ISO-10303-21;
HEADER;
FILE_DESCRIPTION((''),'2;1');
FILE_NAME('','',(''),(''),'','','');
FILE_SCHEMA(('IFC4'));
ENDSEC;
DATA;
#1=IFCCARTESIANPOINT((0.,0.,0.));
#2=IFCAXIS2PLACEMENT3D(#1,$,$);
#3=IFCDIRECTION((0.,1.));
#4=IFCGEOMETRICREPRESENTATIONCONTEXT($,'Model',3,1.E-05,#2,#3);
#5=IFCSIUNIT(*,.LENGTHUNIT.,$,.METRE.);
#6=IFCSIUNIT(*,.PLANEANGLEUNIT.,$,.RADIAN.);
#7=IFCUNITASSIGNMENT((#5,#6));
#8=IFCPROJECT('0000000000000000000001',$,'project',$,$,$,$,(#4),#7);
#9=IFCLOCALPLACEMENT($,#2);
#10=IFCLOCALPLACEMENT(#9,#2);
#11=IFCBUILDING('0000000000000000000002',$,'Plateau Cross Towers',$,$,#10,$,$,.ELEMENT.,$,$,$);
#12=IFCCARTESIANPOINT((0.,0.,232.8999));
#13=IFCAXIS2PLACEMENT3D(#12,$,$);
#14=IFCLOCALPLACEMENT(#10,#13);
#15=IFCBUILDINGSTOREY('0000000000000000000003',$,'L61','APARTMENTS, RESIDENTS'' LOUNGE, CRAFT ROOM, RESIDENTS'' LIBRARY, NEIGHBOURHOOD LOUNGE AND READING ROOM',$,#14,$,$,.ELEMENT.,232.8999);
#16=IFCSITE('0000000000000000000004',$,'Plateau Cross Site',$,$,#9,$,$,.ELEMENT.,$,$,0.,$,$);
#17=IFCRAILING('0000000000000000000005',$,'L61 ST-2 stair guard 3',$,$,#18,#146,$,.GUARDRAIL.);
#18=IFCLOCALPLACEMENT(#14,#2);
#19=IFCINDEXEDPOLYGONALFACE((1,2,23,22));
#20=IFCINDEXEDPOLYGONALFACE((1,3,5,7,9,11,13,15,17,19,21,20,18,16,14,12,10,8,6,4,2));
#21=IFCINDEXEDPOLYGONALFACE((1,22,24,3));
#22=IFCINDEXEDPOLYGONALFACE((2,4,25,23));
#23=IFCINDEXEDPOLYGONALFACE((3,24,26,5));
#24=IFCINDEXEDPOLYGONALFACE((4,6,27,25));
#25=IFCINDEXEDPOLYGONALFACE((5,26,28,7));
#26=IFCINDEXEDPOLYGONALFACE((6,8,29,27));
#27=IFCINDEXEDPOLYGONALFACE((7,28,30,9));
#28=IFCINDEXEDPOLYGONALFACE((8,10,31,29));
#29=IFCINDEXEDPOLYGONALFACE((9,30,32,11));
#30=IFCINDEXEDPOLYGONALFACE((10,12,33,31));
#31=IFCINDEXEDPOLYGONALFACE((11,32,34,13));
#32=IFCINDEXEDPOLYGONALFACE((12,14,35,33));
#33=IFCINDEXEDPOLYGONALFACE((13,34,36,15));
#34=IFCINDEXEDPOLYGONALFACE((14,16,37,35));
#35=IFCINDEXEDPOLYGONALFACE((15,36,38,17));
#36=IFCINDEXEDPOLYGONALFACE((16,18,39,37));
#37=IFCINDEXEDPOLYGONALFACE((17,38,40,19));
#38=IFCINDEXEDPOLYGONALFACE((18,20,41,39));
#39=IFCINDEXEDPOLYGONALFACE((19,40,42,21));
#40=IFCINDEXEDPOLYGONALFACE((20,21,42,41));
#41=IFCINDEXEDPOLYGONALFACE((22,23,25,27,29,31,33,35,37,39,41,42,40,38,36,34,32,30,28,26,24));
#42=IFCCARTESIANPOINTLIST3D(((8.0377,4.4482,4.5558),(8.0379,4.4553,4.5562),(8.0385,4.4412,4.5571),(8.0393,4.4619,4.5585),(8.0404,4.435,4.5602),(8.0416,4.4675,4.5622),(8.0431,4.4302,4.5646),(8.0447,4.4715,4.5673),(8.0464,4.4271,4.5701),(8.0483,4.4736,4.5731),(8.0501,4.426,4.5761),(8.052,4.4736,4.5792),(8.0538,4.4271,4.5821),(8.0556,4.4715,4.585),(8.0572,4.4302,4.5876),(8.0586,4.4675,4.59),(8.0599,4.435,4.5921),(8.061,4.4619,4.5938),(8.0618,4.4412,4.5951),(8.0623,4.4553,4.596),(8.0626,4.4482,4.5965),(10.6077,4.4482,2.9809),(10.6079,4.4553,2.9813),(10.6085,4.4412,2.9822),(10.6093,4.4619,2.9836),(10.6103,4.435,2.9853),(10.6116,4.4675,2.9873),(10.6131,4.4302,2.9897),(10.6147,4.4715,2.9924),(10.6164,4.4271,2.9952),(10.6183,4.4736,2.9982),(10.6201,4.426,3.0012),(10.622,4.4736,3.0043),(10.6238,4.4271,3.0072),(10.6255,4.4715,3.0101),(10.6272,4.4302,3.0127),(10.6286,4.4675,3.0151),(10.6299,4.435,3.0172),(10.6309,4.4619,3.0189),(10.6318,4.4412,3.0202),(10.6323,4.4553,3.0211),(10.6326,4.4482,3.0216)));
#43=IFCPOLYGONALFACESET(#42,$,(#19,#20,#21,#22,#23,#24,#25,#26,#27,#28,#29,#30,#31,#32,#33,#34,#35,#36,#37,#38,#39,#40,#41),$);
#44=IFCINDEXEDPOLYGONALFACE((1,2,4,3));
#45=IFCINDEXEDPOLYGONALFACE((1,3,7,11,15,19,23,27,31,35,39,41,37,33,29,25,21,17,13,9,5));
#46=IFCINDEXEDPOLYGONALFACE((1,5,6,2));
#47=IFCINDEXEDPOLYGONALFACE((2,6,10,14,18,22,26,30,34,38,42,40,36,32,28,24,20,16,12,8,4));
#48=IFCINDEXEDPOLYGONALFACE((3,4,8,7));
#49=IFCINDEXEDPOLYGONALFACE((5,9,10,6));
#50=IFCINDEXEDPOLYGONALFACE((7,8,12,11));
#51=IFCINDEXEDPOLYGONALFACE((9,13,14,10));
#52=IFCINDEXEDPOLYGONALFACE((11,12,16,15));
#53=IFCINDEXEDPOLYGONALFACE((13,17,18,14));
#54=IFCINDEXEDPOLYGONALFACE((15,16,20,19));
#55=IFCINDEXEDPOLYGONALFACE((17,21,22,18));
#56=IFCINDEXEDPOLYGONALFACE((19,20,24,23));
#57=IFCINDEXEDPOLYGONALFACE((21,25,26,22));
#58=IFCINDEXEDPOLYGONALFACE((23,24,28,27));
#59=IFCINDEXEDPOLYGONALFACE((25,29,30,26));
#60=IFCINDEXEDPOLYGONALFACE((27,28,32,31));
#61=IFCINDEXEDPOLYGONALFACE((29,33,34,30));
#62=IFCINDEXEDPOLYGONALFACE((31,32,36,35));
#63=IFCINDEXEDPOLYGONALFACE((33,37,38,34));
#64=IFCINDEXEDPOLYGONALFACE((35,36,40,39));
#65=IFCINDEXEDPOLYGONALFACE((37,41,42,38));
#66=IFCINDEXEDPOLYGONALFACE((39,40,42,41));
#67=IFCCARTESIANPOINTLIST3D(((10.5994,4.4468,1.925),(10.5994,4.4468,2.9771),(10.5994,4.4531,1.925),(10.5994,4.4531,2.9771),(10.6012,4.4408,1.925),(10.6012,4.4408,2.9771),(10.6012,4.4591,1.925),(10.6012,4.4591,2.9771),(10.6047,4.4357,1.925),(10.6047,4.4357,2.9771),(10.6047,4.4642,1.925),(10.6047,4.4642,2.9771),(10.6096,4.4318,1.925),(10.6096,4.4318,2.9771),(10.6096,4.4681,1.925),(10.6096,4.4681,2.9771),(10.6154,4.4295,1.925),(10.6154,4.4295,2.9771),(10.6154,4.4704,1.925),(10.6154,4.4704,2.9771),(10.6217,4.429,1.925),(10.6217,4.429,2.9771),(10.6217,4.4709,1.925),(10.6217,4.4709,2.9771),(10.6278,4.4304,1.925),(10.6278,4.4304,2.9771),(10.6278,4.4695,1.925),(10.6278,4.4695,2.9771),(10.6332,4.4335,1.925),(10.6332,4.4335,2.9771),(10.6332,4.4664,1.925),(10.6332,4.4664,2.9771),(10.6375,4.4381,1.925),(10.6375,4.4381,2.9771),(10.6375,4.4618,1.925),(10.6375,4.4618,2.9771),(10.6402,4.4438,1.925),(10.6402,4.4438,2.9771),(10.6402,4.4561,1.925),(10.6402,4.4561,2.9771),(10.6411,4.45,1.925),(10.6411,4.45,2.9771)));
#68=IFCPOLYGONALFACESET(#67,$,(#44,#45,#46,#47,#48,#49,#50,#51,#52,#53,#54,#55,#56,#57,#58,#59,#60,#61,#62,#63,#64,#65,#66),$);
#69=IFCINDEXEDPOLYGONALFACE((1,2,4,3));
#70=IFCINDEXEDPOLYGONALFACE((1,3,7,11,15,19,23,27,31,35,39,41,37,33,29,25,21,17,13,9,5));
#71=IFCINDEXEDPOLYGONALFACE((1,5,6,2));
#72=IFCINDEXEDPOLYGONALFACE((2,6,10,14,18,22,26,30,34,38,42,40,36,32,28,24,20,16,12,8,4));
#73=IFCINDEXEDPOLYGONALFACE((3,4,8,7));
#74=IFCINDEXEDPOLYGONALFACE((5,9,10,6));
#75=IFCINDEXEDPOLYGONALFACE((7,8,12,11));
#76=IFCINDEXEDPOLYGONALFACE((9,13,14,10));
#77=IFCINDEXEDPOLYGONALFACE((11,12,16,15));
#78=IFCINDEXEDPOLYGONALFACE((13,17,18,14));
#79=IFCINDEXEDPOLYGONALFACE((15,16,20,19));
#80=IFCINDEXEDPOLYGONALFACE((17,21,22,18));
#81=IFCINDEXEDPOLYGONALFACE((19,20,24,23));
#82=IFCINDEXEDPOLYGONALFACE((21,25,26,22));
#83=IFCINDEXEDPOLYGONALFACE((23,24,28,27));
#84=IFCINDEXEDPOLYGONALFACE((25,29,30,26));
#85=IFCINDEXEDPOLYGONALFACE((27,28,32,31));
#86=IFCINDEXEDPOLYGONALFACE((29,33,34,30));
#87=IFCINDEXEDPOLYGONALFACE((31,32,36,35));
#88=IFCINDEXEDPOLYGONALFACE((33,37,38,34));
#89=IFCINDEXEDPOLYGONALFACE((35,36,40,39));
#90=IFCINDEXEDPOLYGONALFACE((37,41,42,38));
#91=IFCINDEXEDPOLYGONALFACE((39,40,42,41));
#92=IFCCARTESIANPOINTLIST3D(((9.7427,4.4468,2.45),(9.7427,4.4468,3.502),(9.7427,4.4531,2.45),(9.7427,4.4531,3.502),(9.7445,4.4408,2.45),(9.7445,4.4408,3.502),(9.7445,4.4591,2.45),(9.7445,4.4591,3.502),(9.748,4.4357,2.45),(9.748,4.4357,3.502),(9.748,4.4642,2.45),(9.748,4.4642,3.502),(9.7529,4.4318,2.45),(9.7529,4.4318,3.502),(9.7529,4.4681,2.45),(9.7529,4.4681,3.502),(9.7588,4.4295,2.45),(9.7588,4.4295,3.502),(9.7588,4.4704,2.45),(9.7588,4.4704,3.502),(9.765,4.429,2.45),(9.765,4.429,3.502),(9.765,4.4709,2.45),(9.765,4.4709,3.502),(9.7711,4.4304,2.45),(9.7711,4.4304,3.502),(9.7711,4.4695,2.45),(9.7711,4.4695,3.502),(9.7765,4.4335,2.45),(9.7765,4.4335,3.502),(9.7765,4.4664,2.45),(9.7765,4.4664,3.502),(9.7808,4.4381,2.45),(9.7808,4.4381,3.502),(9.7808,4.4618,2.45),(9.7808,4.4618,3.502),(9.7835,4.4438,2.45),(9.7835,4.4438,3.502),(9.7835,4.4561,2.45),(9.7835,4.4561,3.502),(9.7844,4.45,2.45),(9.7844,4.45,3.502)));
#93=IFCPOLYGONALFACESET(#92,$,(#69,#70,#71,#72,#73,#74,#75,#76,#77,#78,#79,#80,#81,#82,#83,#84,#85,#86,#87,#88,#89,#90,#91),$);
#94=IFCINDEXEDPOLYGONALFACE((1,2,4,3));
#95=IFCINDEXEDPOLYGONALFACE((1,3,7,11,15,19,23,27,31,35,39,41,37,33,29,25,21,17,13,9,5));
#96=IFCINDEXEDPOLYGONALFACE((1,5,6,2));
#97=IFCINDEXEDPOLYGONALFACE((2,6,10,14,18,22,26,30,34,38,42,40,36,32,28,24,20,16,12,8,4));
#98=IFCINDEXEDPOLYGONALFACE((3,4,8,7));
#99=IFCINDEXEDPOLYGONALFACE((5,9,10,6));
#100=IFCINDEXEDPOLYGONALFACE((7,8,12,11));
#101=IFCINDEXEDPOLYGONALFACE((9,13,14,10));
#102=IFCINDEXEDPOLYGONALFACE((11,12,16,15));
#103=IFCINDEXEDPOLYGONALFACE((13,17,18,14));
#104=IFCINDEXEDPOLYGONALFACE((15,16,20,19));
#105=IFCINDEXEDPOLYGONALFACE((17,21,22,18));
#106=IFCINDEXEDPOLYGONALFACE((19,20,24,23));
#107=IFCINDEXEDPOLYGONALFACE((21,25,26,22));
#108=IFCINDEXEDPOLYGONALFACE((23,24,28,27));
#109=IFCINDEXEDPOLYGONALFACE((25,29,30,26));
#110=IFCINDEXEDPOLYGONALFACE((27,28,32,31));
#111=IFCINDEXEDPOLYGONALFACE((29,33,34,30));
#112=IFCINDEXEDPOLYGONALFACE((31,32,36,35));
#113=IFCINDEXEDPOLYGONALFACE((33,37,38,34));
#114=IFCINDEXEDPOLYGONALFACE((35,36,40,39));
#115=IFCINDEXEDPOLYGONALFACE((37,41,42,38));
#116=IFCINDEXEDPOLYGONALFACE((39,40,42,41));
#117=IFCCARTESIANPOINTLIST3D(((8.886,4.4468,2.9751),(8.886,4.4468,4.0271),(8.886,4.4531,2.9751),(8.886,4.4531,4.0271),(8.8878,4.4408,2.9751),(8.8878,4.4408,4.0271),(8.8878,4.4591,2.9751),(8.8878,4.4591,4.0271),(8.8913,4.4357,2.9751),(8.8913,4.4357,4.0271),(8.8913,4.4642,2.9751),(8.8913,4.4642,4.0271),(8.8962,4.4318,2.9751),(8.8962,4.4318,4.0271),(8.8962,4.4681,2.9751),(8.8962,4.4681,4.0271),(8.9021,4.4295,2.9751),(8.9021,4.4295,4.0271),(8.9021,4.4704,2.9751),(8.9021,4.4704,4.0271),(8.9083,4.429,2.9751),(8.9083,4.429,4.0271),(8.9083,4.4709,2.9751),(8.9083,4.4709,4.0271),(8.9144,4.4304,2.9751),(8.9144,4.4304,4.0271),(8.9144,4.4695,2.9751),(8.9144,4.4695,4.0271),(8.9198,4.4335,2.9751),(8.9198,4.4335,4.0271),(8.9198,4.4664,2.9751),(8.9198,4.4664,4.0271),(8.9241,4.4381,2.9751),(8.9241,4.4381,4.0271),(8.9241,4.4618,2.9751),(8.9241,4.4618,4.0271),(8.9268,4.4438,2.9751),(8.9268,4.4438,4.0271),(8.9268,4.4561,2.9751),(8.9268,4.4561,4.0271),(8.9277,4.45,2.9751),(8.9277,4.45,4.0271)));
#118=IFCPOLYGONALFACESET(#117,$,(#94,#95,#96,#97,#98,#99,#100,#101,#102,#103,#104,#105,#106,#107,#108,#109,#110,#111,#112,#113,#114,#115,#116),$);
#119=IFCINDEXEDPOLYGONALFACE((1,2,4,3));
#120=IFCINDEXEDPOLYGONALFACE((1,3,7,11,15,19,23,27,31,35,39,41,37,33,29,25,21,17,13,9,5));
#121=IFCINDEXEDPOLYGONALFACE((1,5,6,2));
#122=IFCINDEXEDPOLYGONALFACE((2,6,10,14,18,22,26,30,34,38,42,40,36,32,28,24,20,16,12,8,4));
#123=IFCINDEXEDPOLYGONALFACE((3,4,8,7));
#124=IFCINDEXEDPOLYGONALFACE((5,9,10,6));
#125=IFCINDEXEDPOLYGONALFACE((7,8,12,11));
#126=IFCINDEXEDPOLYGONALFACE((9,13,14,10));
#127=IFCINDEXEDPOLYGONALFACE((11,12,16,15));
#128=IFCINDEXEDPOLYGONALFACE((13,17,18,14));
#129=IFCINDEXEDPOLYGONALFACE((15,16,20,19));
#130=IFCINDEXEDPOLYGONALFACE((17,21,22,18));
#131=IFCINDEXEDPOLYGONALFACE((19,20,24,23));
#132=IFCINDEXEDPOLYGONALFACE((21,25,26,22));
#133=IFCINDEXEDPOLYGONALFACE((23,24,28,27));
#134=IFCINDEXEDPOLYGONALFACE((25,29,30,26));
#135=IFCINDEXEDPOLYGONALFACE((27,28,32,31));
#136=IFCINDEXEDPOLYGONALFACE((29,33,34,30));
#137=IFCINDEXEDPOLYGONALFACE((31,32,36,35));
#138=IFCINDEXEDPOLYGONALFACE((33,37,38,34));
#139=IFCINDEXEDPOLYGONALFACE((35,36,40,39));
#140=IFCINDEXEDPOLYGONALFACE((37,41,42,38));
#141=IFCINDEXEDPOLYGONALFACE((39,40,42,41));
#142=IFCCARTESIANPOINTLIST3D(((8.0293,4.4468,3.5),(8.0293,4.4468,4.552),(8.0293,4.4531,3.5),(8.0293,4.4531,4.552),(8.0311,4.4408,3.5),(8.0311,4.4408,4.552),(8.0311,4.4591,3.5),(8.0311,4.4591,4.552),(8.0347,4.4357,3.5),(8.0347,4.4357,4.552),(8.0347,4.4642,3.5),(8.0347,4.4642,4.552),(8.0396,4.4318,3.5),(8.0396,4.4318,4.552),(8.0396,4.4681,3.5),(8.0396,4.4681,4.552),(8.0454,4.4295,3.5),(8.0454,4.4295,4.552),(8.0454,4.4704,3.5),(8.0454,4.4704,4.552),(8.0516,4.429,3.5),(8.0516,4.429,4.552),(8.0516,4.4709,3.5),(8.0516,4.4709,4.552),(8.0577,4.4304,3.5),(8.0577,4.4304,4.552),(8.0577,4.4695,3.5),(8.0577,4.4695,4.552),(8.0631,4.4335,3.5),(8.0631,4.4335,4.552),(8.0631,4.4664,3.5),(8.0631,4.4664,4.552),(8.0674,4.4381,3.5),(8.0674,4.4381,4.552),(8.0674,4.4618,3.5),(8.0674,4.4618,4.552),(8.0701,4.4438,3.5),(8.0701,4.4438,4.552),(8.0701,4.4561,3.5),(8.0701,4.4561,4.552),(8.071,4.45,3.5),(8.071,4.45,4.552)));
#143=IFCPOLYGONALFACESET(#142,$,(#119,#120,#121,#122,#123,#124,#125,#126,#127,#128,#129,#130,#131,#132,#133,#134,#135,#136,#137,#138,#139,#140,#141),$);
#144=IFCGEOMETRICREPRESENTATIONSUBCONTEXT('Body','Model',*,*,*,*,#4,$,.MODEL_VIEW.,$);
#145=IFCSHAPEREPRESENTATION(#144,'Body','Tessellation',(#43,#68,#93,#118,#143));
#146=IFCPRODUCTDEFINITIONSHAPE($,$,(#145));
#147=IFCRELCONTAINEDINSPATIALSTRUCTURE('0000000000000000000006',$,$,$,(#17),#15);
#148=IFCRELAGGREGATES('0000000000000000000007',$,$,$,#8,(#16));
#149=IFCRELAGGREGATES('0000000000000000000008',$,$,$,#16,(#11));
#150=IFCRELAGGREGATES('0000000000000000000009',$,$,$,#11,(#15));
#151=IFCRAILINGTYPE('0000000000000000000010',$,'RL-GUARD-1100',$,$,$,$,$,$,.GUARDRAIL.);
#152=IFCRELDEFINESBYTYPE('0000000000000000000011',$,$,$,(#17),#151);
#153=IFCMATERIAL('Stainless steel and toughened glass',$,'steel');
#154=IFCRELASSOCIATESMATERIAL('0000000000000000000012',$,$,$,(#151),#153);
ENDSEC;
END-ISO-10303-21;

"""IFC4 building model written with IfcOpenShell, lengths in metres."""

from ifc_helpers import new_model, si_unit, direction, frame, origin, origin_2d, place, context, subcontext, project, spatial, circle, extrude, material, type_object, element, save


model = new_model("IFC4")

# Units and contexts
model_context = context("Model", 3, precision=1e-05, world=origin(), true_north=direction((0.0, 1.0)))
body_context = subcontext(model_context, "Body", "Model", "MODEL_VIEW")
ifc_project = project(units=[si_unit("LENGTHUNIT", "METRE"), si_unit("PLANEANGLEUNIT", "RADIAN")], contexts=[model_context])

# Site, building, storey
site_placement = place(None, origin())
site = spatial("IfcSite", under=ifc_project, at=site_placement, Name="Plateau Cross Site", CompositionType="ELEMENT", RefElevation=0.0)
building_placement = place(site_placement, origin())
building = spatial("IfcBuilding", under=site, at=building_placement, Name="Plateau Cross Towers", CompositionType="ELEMENT")
storey_placement = place(building_placement, frame((0.0, 0.0, 232.8999)))
storey = spatial("IfcBuildingStorey", under=building, at=storey_placement, Name="L61", Description="APARTMENTS, RESIDENTS' LOUNGE, CRAFT ROOM, RESIDENTS' LIBRARY, NEIGHBOURHOOD LOUNGE AND READING ROOM", CompositionType="ELEMENT", Elevation=232.8999)

# Railing
ifc_material_1 = material(Name="Stainless steel and toughened glass", Category="steel")
railing_type_1 = type_object("IfcRailingType", Name="RL-GUARD-1100", PredefinedType="GUARDRAIL", material=ifc_material_1)
railing_1_placement = place(storey_placement, frame((10.6201, 4.45, 1.925)))
element("IfcRailing", 1, at=railing_1_placement, inside=storey, type_object=railing_type_1, Name="L61 ST-2 stair guard 3", PredefinedType="GUARDRAIL", context=body_context, shape_type="SweptSolid", body=[
    extrude(circle(Radius=0.0239, at=origin_2d()), frame((0.0, 0.0, 1.0762), z_axis=(-0.852639, 0.0, 0.522501), x_axis=(0.0, -1.0, 0.0)), (0.0, 0.0, 1.0), 3.0142),
    extrude(circle(Radius=0.021, at=origin_2d()), origin(), (0.0, 0.0, 1.0), 1.052),
    extrude(circle(Radius=0.021, at=origin_2d()), frame((-0.8567, 0.0, 0.5249)), (0.0, 0.0, 1.0), 1.052),
    extrude(circle(Radius=0.021, at=origin_2d()), frame((-1.7134, 0.0, 1.05)), (0.0, 0.0, 1.0), 1.052),
    extrude(circle(Radius=0.021, at=origin_2d()), frame((-2.5701, 0.0, 1.575)), (0.0, 0.0, 1.0), 1.052),
])

save(model, "model.ifc")
